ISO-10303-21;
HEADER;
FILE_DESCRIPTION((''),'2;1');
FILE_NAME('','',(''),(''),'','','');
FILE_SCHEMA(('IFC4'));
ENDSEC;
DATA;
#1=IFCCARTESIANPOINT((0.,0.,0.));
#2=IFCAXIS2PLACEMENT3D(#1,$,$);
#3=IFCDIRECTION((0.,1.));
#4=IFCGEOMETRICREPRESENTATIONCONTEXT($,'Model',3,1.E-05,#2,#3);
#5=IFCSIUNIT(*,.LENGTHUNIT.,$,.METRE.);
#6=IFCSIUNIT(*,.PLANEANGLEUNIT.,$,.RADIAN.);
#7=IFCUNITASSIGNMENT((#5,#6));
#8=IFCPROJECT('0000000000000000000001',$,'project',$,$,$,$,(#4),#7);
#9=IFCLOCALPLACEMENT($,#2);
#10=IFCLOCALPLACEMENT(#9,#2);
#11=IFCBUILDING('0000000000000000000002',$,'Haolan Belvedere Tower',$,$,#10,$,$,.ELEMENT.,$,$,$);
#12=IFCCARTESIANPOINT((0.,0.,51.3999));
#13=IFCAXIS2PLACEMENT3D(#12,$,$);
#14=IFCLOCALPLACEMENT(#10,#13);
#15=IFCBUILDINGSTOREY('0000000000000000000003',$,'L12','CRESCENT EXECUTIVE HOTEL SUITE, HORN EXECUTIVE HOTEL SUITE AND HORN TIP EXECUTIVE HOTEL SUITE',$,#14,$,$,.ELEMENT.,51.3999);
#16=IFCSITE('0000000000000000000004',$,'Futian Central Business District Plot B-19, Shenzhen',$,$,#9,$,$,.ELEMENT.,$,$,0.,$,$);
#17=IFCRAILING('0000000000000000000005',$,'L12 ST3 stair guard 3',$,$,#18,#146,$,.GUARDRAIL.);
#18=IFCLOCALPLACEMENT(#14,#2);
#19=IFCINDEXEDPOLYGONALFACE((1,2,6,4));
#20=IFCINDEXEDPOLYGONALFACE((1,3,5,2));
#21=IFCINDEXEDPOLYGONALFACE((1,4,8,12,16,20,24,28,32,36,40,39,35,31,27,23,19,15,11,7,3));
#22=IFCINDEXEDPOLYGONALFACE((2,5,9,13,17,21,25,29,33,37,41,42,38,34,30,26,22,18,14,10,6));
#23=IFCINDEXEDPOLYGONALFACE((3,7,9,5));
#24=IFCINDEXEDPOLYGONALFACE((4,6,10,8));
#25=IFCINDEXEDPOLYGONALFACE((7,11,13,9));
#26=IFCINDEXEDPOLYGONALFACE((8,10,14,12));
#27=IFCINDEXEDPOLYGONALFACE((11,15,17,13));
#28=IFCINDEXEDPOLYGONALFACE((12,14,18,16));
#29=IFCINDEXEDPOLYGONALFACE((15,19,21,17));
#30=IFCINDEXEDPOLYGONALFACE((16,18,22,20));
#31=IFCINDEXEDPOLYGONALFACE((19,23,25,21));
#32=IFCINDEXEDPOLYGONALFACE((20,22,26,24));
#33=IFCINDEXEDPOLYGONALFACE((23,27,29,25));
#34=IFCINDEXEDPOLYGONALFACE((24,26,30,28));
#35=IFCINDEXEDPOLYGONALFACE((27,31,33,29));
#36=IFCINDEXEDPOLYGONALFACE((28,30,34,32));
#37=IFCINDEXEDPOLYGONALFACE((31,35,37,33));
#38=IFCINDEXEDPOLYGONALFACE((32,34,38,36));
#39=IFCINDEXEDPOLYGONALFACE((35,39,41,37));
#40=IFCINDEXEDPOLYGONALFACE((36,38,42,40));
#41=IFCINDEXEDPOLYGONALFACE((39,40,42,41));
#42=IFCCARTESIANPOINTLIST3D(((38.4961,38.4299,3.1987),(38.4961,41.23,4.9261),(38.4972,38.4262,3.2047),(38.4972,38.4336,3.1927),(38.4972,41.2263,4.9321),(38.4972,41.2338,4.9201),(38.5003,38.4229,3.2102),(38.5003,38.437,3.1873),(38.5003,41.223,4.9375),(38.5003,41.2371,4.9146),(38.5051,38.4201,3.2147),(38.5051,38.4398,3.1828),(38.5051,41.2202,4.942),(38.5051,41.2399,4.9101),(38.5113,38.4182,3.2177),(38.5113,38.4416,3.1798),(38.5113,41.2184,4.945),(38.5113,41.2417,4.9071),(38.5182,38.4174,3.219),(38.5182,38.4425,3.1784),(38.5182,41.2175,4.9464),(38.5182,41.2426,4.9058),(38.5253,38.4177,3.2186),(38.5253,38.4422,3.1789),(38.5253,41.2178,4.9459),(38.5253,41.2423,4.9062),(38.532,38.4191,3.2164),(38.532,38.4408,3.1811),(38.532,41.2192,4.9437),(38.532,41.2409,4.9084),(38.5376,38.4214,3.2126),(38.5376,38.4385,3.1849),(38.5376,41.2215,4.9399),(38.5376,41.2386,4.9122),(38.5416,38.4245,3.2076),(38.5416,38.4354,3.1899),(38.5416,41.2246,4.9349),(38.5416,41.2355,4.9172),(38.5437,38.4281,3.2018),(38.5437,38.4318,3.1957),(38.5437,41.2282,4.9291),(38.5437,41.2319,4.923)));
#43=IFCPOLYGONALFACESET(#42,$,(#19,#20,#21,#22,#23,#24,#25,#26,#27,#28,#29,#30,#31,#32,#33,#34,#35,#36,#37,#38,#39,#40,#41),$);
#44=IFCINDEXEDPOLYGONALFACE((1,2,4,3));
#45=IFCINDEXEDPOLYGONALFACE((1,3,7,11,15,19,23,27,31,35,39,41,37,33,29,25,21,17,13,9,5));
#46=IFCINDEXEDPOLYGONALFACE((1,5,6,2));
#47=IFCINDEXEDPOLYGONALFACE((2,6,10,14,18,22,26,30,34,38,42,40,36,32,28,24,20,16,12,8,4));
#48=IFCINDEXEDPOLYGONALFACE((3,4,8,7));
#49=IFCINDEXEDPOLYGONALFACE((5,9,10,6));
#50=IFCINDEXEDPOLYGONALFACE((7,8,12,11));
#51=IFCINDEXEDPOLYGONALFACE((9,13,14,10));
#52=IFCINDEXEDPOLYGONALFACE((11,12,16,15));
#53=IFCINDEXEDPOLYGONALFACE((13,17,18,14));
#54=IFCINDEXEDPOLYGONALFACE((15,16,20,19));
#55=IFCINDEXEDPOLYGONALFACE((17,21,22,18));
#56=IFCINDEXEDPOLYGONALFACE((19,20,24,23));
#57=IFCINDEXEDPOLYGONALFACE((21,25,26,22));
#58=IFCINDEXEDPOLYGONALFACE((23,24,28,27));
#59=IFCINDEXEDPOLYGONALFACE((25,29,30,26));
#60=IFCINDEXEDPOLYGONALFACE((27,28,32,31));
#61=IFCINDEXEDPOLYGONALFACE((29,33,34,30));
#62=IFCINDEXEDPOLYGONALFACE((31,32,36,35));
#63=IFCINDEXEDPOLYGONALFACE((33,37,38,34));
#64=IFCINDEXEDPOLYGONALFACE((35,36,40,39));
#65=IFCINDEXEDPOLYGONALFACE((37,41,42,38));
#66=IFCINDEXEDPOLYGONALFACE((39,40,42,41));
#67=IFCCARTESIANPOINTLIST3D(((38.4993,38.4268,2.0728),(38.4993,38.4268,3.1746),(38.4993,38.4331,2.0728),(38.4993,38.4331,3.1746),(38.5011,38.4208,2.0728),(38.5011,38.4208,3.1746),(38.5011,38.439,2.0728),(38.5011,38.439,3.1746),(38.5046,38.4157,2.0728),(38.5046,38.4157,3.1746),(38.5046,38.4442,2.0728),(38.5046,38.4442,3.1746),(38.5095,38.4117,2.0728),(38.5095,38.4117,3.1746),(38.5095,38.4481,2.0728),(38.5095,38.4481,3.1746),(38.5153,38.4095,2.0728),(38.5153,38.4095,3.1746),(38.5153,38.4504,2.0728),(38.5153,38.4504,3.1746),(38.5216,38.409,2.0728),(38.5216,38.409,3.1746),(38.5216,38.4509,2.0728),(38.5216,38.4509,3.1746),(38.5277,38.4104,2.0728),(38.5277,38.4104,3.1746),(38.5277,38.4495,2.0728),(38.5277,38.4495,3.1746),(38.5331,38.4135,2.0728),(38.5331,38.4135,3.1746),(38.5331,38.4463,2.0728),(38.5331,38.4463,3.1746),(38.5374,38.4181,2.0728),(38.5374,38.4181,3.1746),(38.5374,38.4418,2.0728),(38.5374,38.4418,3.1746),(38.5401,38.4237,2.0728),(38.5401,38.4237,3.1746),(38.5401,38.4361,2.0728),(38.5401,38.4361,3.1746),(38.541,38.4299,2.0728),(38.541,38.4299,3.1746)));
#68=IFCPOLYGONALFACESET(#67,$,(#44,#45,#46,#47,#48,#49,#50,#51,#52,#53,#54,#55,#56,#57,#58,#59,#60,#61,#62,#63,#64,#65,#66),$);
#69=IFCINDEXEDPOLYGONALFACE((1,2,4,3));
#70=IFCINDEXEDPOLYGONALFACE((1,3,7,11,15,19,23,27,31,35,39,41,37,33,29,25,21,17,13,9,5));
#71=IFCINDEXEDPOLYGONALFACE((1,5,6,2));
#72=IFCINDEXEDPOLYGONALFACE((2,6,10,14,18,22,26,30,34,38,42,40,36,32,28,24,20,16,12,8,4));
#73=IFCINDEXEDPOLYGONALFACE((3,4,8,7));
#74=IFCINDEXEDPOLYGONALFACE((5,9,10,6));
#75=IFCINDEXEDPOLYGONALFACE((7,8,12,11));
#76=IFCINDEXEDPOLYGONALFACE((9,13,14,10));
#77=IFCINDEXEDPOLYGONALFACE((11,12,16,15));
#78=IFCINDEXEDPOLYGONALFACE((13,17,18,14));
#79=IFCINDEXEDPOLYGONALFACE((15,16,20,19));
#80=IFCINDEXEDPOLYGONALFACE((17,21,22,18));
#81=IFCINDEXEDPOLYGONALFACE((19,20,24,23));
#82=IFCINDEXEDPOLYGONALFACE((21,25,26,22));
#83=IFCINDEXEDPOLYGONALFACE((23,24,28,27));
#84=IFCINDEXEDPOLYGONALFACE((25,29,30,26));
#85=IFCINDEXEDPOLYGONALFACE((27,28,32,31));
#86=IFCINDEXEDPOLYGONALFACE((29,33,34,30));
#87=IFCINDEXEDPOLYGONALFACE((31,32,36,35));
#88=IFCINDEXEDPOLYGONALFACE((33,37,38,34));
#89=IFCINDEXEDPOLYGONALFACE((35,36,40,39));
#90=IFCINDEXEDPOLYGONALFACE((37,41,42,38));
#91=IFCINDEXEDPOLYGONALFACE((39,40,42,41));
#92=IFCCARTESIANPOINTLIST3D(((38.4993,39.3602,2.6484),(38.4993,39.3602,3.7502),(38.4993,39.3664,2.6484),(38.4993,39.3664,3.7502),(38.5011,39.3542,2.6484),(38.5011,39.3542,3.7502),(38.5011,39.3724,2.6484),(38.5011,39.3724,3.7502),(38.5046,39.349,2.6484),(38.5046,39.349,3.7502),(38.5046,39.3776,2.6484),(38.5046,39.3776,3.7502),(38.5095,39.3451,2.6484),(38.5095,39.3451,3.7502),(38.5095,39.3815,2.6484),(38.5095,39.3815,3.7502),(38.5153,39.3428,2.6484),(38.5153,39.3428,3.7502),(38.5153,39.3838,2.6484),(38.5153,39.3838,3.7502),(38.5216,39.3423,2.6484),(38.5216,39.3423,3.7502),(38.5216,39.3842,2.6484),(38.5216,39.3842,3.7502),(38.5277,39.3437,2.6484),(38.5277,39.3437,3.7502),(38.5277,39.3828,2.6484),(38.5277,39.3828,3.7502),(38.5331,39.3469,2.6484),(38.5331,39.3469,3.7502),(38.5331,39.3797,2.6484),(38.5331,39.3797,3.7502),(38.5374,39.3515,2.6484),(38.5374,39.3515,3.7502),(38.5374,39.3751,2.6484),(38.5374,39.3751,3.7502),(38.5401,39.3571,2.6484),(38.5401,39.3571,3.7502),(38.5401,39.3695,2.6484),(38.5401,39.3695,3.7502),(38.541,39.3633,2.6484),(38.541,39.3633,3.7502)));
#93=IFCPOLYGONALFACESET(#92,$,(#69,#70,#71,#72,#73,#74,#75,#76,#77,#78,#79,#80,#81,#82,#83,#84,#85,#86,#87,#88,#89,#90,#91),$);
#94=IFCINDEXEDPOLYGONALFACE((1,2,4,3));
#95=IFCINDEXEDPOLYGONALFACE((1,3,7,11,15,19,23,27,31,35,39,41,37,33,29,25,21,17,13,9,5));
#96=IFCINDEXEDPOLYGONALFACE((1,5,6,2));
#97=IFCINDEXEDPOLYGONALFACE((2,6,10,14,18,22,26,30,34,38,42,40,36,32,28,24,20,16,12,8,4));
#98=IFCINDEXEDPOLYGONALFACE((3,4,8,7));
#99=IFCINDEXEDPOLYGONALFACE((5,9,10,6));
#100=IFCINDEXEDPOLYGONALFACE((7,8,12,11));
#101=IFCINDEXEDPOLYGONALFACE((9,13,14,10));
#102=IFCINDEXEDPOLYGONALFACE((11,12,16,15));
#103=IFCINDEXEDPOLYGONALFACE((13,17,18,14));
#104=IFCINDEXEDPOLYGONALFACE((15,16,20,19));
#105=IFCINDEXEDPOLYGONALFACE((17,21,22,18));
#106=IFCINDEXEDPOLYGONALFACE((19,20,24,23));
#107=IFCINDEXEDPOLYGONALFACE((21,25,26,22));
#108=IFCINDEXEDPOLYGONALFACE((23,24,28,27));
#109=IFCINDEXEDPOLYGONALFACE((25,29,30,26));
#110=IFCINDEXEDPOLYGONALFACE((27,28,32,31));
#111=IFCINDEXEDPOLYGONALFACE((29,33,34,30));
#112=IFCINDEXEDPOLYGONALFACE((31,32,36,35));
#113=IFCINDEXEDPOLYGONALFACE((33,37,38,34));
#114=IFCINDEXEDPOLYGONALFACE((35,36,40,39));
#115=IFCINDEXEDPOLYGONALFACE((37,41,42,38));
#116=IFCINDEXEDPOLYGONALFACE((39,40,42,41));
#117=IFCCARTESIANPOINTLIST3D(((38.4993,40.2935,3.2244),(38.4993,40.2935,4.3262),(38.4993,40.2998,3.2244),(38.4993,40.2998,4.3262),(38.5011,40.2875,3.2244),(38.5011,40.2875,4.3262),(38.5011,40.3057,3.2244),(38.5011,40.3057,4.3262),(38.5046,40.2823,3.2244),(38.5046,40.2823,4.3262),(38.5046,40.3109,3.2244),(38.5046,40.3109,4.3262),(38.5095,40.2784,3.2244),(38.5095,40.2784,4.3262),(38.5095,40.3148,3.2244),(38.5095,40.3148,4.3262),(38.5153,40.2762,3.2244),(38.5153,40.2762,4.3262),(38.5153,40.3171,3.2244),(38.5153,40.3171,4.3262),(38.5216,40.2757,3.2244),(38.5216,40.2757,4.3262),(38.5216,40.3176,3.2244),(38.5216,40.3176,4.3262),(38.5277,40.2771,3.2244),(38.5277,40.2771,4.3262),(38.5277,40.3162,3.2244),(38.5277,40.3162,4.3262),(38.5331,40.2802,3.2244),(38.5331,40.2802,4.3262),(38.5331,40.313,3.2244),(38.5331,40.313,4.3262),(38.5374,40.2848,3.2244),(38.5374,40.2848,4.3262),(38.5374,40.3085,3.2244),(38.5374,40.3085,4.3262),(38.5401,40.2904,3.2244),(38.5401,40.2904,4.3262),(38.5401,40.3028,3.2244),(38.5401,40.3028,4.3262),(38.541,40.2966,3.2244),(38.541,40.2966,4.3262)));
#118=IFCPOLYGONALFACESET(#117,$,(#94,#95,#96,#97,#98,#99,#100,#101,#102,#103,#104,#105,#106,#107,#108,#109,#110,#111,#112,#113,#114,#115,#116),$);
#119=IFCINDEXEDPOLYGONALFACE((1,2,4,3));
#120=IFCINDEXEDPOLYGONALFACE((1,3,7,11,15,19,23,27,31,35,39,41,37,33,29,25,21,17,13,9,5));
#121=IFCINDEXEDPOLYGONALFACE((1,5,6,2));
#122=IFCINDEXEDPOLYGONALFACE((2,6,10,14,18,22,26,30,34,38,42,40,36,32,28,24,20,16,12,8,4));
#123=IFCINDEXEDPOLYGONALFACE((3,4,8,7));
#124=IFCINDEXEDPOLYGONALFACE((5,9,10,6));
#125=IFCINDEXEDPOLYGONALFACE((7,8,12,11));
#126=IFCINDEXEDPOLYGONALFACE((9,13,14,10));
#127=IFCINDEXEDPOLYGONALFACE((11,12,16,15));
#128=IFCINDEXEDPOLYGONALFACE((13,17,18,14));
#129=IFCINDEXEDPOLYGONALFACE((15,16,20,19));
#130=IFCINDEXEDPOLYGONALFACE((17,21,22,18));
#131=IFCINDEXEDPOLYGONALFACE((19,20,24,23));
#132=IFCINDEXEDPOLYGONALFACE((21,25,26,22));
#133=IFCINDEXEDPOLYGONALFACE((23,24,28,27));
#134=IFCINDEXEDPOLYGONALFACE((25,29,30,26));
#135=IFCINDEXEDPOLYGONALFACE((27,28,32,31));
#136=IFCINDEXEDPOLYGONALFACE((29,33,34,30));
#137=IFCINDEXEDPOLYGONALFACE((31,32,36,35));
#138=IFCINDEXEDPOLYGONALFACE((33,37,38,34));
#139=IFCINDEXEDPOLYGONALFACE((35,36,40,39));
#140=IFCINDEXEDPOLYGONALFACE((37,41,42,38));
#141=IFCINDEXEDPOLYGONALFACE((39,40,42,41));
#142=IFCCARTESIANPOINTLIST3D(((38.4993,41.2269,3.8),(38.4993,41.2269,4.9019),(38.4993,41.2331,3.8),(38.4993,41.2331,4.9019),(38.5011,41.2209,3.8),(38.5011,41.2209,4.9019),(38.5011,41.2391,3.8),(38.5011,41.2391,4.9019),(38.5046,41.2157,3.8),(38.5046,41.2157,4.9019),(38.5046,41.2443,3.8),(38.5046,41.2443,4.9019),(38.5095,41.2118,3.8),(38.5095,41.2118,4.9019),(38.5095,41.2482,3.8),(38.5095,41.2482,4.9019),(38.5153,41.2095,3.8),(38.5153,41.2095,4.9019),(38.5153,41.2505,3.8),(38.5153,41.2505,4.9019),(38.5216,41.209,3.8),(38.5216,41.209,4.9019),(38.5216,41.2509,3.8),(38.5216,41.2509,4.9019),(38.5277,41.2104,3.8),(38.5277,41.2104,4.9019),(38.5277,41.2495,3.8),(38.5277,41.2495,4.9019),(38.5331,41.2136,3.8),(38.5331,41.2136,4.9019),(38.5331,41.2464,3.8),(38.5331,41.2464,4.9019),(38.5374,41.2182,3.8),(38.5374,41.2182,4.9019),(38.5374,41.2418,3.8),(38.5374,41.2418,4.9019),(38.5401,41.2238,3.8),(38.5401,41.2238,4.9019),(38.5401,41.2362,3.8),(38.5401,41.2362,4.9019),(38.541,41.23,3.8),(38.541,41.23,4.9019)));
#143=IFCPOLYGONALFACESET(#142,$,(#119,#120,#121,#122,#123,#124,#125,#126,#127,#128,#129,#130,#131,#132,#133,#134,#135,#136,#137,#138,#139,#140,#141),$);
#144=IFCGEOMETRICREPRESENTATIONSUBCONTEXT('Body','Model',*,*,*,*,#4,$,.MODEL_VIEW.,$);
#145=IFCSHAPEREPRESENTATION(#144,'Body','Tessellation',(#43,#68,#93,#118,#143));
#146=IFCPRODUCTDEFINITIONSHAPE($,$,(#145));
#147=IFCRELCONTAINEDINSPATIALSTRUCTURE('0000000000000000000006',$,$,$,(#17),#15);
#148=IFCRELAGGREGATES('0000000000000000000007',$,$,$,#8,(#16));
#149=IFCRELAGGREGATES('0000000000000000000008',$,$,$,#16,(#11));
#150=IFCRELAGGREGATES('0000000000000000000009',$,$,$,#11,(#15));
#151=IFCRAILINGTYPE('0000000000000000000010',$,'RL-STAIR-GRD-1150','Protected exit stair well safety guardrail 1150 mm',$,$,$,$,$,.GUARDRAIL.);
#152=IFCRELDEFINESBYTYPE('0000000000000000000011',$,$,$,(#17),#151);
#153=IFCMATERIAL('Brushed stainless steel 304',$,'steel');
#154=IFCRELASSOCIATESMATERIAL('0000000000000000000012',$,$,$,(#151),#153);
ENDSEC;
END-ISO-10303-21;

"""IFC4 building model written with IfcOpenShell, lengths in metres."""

from ifc_helpers import new_model, si_unit, direction, frame, origin, origin_2d, place, context, subcontext, project, spatial, circle, extrude, material, type_object, element, save


model = new_model("IFC4")

# Units and contexts
model_context = context("Model", 3, precision=1e-05, world=origin(), true_north=direction((0.0, 1.0)))
body_context = subcontext(model_context, "Body", "Model", "MODEL_VIEW")
ifc_project = project(units=[si_unit("LENGTHUNIT", "METRE"), si_unit("PLANEANGLEUNIT", "RADIAN")], contexts=[model_context])

# Site, building, storey
site_placement = place(None, origin())
site = spatial("IfcSite", under=ifc_project, at=site_placement, Name="Futian Central Business District Plot B-19, Shenzhen", CompositionType="ELEMENT", RefElevation=0.0)
building_placement = place(site_placement, origin())
building = spatial("IfcBuilding", under=site, at=building_placement, Name="Haolan Belvedere Tower", CompositionType="ELEMENT")
storey_placement = place(building_placement, frame((0.0, 0.0, 51.3999)))
storey = spatial("IfcBuildingStorey", under=building, at=storey_placement, Name="L12", Description="CRESCENT EXECUTIVE HOTEL SUITE, HORN EXECUTIVE HOTEL SUITE AND HORN TIP EXECUTIVE HOTEL SUITE", CompositionType="ELEMENT", Elevation=51.3999)

# Railing
ifc_material_1 = material(Name="Brushed stainless steel 304", Category="steel")
railing_type_1 = type_object("IfcRailingType", Name="RL-STAIR-GRD-1150", Description="Protected exit stair well safety guardrail 1150 mm", PredefinedType="GUARDRAIL", material=ifc_material_1)
railing_1_placement = place(storey_placement, frame((38.52, 38.4299, 2.0728)))
element("IfcRailing", 1, at=railing_1_placement, inside=storey, type_object=railing_type_1, Name="L12 ST3 stair guard 3", PredefinedType="GUARDRAIL", context=body_context, shape_type="SweptSolid", body=[
    extrude(circle(Radius=0.0239, at=origin_2d()), frame((0.0, 0.0, 1.126), z_axis=(0.0, 0.85109, 0.52502), x_axis=(-1.0, 0.0, 0.0)), (0.0, 0.0, 1.0), 3.29),
    extrude(circle(Radius=0.021, at=origin_2d()), origin(), (0.0, 0.0, 1.0), 1.1018),
    extrude(circle(Radius=0.021, at=origin_2d()), frame((0.0, 0.9333, 0.5757)), (0.0, 0.0, 1.0), 1.1018),
    extrude(circle(Radius=0.021, at=origin_2d()), frame((0.0, 1.8667, 1.1516)), (0.0, 0.0, 1.0), 1.1018),
    extrude(circle(Radius=0.021, at=origin_2d()), frame((0.0, 2.8, 1.7273)), (0.0, 0.0, 1.0), 1.1018),
])

save(model, "model.ifc")
